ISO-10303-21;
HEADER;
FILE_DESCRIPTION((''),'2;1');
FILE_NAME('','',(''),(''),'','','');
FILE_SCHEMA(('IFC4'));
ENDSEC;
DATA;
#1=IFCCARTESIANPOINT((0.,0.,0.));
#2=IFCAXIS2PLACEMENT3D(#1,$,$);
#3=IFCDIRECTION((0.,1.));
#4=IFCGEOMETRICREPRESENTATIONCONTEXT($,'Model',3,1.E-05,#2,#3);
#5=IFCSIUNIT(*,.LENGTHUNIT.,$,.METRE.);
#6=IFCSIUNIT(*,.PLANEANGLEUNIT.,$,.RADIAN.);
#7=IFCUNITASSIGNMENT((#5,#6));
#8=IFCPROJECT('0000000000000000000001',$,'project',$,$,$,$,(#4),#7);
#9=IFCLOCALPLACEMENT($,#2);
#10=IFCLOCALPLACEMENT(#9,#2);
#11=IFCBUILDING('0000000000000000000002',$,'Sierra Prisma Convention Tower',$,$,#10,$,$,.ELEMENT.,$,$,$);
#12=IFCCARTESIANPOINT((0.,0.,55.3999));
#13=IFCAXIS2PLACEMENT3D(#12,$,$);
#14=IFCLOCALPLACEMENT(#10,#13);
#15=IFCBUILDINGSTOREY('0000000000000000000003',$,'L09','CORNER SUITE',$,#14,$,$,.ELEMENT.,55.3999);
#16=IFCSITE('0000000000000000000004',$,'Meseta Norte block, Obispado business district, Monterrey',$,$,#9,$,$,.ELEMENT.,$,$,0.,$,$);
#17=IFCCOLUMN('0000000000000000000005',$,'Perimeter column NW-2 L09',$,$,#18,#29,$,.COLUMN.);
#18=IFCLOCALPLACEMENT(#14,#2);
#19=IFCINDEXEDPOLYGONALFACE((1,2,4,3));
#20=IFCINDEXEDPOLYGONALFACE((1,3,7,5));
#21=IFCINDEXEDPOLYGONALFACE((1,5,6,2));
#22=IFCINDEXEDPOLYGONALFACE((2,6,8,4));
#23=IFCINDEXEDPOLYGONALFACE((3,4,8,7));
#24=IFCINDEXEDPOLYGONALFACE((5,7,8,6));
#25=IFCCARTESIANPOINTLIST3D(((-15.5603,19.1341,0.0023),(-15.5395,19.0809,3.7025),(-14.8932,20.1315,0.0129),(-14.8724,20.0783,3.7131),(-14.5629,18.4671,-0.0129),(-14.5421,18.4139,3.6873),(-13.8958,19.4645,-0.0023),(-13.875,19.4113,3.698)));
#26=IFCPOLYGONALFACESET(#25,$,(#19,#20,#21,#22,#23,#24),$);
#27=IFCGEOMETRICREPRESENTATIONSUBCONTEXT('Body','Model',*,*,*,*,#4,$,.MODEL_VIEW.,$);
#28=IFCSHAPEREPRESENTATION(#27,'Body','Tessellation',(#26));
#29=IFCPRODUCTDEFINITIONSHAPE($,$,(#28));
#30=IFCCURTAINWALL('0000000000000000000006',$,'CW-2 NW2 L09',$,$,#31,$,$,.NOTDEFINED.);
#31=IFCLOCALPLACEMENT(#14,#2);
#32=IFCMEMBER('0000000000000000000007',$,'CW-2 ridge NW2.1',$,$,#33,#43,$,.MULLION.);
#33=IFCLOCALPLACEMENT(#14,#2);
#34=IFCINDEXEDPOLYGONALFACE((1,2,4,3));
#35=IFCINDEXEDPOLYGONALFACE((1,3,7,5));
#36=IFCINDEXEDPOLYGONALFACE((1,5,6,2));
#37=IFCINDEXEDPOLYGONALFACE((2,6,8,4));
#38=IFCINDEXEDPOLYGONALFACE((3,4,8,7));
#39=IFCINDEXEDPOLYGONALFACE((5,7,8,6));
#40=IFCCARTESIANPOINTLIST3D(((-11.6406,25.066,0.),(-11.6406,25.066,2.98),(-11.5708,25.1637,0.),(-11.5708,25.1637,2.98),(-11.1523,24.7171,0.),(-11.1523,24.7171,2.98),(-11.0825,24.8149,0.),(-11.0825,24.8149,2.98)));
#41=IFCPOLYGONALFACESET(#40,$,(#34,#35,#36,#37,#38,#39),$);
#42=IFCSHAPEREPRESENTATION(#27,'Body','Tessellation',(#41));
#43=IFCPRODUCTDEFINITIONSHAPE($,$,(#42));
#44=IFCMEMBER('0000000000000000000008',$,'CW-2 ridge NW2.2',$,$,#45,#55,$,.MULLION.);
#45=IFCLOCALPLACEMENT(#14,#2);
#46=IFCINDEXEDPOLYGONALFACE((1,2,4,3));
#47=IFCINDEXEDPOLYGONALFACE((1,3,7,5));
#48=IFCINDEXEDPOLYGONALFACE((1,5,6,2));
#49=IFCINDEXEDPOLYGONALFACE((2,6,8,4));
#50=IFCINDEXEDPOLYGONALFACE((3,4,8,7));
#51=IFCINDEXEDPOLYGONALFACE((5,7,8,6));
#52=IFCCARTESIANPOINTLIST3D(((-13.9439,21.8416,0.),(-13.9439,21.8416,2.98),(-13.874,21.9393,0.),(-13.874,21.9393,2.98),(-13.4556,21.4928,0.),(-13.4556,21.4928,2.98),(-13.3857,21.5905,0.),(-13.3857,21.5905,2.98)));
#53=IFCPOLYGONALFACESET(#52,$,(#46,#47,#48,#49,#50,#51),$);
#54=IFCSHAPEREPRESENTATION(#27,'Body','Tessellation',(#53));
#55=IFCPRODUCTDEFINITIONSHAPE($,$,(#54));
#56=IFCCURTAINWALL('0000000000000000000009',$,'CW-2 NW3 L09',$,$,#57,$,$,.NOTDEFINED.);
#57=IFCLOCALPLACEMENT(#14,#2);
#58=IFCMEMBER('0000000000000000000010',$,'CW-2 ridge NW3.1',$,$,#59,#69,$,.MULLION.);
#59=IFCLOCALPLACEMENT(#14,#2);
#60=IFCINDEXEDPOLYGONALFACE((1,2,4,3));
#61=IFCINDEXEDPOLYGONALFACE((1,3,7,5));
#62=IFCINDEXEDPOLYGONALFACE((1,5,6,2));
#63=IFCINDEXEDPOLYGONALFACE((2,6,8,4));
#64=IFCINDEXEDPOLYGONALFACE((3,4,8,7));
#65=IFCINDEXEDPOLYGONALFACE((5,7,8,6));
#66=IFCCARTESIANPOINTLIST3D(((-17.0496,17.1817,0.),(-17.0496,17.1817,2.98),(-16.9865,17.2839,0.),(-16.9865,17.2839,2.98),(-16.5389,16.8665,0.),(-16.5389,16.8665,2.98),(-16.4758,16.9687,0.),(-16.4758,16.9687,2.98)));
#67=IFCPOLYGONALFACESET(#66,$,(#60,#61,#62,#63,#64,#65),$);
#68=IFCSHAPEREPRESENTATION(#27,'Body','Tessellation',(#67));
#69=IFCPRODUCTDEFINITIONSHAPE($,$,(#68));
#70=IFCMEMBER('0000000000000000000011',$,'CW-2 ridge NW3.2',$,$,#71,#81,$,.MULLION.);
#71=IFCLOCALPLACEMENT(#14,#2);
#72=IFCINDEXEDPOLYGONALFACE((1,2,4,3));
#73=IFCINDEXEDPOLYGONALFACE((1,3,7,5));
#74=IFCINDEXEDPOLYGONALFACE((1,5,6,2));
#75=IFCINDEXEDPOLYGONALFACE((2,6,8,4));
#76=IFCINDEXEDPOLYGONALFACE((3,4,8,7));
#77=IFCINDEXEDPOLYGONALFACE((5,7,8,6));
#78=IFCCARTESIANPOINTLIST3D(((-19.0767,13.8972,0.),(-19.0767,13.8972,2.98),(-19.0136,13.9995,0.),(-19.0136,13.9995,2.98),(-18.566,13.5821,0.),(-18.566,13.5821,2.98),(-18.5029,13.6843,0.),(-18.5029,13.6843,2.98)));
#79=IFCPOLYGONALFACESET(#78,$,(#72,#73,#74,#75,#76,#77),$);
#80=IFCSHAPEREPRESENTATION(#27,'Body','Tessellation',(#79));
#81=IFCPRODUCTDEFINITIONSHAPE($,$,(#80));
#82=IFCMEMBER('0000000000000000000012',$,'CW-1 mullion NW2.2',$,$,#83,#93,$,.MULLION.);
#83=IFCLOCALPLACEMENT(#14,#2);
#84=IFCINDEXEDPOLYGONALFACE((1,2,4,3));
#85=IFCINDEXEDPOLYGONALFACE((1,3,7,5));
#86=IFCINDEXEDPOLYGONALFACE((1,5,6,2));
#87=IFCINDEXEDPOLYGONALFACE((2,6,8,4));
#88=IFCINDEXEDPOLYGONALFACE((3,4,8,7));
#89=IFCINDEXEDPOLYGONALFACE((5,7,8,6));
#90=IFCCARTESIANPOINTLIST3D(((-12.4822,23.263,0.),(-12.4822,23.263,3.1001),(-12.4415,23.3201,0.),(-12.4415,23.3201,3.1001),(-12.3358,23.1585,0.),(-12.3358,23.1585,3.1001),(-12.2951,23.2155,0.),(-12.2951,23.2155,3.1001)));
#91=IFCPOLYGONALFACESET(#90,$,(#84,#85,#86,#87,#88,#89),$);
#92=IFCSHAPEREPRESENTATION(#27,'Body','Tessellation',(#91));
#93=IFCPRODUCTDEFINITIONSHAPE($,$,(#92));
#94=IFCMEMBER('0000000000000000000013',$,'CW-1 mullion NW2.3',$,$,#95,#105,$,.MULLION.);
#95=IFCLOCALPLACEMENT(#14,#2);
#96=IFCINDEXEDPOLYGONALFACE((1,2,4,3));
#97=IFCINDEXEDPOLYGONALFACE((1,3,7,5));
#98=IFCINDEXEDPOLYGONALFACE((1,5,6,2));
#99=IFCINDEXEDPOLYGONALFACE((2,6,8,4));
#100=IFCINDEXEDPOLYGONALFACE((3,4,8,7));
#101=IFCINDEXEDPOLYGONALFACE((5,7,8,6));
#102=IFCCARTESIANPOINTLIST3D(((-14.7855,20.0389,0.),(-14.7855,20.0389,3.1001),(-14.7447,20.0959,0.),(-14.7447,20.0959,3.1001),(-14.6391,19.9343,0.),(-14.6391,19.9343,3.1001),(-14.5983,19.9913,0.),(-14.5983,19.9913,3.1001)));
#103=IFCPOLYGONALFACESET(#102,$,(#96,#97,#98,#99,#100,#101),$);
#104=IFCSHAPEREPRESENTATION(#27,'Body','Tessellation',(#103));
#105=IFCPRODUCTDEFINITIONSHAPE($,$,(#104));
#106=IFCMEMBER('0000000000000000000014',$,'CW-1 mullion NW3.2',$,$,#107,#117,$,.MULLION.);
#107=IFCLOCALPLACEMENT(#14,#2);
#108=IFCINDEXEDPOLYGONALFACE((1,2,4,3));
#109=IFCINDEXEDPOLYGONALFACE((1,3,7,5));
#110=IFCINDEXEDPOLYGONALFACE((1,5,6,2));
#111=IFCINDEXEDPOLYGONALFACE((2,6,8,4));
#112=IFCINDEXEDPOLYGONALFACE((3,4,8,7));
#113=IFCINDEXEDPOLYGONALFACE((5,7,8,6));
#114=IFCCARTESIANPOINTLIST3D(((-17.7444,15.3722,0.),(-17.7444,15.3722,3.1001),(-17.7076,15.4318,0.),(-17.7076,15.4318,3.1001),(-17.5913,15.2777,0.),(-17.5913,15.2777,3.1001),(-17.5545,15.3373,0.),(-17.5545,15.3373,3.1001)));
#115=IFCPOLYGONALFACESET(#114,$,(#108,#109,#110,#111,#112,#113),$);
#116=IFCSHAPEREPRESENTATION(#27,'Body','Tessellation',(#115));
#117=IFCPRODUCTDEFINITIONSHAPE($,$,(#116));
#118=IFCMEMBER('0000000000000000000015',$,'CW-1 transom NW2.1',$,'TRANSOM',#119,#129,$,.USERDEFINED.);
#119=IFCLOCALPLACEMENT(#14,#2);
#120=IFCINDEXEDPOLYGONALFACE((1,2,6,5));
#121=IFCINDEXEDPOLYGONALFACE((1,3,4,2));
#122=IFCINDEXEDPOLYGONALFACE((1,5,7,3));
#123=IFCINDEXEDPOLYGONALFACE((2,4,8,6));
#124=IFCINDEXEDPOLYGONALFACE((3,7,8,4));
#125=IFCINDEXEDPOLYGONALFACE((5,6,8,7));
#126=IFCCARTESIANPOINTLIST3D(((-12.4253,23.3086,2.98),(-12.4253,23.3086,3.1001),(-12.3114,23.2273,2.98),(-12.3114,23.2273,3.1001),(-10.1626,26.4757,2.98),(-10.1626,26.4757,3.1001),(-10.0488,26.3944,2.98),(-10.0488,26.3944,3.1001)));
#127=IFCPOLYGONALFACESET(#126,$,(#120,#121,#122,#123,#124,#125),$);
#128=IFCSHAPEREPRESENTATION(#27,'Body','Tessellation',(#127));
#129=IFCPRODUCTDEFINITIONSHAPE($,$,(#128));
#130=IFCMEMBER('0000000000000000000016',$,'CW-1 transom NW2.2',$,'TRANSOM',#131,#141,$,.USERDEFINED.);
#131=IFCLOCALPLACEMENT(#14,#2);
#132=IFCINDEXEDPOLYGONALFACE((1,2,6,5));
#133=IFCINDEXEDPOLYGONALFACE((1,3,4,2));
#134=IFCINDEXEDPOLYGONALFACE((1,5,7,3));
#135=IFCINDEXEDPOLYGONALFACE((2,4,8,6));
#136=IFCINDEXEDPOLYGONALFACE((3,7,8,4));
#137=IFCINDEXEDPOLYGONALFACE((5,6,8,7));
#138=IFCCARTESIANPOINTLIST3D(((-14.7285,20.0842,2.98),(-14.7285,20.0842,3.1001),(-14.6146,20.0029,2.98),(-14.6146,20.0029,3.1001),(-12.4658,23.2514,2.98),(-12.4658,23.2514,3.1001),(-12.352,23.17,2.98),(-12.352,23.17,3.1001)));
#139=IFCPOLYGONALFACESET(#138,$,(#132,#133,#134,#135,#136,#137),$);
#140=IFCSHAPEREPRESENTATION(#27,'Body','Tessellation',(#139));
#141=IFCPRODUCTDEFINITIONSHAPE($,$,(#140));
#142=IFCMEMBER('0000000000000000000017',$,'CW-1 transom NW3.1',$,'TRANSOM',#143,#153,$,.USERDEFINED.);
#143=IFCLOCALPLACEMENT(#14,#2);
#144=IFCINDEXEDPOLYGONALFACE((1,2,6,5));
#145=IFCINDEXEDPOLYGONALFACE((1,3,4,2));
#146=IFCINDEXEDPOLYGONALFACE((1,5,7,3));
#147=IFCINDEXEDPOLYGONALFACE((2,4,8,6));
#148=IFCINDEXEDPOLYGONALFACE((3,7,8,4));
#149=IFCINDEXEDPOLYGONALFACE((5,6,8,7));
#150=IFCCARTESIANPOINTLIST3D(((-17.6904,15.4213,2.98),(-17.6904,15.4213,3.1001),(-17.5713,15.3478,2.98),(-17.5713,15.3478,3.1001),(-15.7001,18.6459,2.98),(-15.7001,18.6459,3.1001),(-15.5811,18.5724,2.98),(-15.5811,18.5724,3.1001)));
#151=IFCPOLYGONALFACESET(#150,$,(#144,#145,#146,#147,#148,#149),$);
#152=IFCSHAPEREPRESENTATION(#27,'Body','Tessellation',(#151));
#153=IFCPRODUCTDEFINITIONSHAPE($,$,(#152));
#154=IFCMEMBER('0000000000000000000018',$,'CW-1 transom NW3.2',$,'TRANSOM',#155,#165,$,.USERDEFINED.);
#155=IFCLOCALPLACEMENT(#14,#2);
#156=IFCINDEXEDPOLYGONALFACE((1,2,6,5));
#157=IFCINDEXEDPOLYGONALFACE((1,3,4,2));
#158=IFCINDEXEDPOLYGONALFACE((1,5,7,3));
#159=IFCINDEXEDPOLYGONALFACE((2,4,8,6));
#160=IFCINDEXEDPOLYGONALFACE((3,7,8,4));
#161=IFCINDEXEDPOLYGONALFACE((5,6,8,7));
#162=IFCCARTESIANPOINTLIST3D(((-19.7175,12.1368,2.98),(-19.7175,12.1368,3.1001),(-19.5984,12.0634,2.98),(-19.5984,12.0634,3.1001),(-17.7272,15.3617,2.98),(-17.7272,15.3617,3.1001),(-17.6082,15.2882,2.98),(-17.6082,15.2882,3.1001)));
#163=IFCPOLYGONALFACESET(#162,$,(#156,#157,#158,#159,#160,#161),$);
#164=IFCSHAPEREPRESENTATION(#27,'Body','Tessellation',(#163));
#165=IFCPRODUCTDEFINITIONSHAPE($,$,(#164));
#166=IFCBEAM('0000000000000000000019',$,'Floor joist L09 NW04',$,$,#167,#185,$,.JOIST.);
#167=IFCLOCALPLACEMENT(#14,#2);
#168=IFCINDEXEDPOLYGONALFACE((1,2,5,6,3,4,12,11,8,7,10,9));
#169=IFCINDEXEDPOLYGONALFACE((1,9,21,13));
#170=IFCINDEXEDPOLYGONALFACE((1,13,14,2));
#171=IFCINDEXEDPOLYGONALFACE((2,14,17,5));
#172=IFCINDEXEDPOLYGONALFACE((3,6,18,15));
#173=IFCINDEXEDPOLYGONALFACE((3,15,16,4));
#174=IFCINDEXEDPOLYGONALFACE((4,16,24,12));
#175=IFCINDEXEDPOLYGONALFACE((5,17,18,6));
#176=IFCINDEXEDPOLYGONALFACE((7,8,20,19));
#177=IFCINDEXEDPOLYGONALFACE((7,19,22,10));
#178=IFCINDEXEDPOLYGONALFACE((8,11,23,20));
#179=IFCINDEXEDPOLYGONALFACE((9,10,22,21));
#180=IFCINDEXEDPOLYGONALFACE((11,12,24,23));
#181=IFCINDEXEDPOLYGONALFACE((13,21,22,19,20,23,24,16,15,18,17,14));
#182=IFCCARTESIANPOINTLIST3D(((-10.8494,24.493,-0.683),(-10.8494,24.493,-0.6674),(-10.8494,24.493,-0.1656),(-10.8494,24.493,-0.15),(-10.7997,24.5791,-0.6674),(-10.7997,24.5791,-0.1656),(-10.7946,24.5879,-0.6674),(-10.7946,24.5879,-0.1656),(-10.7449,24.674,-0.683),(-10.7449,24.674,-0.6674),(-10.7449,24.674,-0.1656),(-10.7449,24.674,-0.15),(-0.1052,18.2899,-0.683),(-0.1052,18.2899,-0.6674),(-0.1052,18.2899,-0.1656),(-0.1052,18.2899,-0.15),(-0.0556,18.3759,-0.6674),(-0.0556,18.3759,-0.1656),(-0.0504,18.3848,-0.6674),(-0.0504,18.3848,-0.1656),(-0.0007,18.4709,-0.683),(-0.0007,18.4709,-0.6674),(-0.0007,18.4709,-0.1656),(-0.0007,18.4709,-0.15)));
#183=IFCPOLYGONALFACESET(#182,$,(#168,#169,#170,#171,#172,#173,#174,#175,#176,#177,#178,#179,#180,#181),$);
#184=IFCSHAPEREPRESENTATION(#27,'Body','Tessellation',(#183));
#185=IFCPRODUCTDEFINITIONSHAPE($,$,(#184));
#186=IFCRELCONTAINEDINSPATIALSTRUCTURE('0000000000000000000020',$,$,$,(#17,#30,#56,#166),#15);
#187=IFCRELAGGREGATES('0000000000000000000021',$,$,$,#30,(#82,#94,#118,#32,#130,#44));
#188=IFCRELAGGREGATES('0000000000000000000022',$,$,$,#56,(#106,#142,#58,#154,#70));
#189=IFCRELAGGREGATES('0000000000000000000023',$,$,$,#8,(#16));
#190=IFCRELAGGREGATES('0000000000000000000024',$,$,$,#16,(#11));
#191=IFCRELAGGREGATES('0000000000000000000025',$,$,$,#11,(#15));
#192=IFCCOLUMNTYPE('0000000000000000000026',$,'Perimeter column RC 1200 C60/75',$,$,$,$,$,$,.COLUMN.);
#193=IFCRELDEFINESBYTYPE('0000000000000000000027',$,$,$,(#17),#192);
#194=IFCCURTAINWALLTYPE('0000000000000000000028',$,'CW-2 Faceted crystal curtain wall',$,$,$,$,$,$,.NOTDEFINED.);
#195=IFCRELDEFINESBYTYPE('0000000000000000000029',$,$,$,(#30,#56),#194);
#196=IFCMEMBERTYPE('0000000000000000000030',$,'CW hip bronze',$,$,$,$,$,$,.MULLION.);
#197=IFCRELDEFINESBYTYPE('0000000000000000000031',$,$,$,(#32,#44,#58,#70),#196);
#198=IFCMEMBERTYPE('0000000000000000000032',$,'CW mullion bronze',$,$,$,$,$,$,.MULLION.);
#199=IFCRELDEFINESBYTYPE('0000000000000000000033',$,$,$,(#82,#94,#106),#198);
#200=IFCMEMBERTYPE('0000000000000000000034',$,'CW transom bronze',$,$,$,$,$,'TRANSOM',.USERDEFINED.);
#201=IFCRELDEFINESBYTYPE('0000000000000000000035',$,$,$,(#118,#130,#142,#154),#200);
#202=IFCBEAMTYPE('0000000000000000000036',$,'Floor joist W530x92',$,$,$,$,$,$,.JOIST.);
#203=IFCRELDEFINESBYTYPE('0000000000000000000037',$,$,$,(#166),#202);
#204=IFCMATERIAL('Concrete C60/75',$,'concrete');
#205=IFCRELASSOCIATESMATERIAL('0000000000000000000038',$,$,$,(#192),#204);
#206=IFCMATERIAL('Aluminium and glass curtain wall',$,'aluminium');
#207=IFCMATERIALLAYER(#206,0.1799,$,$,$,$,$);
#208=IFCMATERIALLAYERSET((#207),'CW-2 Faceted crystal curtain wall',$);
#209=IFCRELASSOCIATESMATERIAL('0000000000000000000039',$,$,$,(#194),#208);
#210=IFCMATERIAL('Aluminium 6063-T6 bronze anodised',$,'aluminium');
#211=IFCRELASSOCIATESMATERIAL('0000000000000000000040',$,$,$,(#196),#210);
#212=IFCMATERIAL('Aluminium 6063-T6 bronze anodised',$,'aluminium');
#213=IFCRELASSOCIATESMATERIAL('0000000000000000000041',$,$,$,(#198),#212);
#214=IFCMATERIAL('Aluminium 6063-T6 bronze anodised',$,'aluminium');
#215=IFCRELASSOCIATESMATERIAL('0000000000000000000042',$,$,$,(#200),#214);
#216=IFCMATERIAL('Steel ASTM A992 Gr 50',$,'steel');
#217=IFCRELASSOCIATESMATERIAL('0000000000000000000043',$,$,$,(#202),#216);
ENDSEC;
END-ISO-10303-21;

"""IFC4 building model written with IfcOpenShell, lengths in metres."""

from ifc_helpers import new_model, si_unit, direction, frame, origin, origin_2d, place, context, subcontext, project, spatial, rectangle, i_section, extrude, material, layer, layer_set, material_profile, profile_set, type_object, element, aggregate, save


model = new_model("IFC4")

# Units and contexts
model_context = context("Model", 3, precision=1e-05, world=origin(), true_north=direction((0.0, 1.0)))
body_context = subcontext(model_context, "Body", "Model", "MODEL_VIEW")
ifc_project = project(units=[si_unit("LENGTHUNIT", "METRE"), si_unit("PLANEANGLEUNIT", "RADIAN")], contexts=[model_context])

# Site, building, storey
site_placement = place(None, origin())
site = spatial("IfcSite", under=ifc_project, at=site_placement, Name="Meseta Norte block, Obispado business district, Monterrey", CompositionType="ELEMENT", RefElevation=0.0)
building_placement = place(site_placement, origin())
building = spatial("IfcBuilding", under=site, at=building_placement, Name="Sierra Prisma Convention Tower", CompositionType="ELEMENT")
storey_placement = place(building_placement, frame((0.0, 0.0, 55.3999)))
storey = spatial("IfcBuildingStorey", under=building, at=storey_placement, Name="L09", Description="CORNER SUITE", CompositionType="ELEMENT", Elevation=55.3999)

# Column
ifc_material_1 = material(Name="Concrete C60/75", Category="concrete")
ifc_material_profile_1 = material_profile(ifc_material_1, rectangle(XDim=1.2, YDim=1.2, at=origin_2d()), Name="Perimeter column RC 1200 C60/75")
ifc_profile_set_1 = profile_set([ifc_material_profile_1], Name="Concrete C60/75")
column_type = type_object("IfcColumnType", Name="Perimeter column RC 1200 C60/75", PredefinedType="COLUMN", material=ifc_profile_set_1)
column_placement = place(storey_placement, frame((-14.728, 19.2993, 0.0), z_axis=(0.005608, -0.014382, 0.999881), x_axis=(0.555949, 0.831169, 0.008837)))
element("IfcColumn", 1, at=column_placement, inside=storey, type_object=column_type, Name="Perimeter column NW-2 L09", PredefinedType="COLUMN", context=body_context, shape_type="SweptSolid", body=[
    extrude(rectangle(XDim=1.2, YDim=1.2, at=origin_2d()), origin(), (0.0, 0.0, 1.0), 3.7007),
])

# Curtain walls, members
ifc_material_2 = material(Name="Aluminium and glass curtain wall", Category="aluminium")
ifc_layer_1 = layer(ifc_material_2, 0.1799)
ifc_layer_set_1 = layer_set([ifc_layer_1], Name="CW-2 Faceted crystal curtain wall")
curtain_wall_type = type_object("IfcCurtainWallType", Name="CW-2 Faceted crystal curtain wall", PredefinedType="NOTDEFINED", material=ifc_layer_set_1)
curtain_wall_1_placement = place(storey_placement, origin())
curtain_wall_1 = element("IfcCurtainWall", 2, at=curtain_wall_1_placement, inside=storey, type_object=curtain_wall_type, Name="CW-2 NW2 L09", PredefinedType="NOTDEFINED")
ifc_material_3 = material(Name="Aluminium 6063-T6 bronze anodised", Category="aluminium")
ifc_material_profile_2 = material_profile(ifc_material_3, rectangle(XDim=0.1201, YDim=0.6001, at=origin_2d()), Name="ALU RIDGE BLADE 120x600")
ifc_profile_set_2 = profile_set([ifc_material_profile_2], Name="Aluminium 6063-T6 bronze anodised")
member_type_1 = type_object("IfcMemberType", Name="CW hip bronze", PredefinedType="MULLION", material=ifc_profile_set_2)
member_1_placement = place(storey_placement, frame((-11.3616, 24.9404, 0.0), z_axis=(0.0, 0.0, 1.0), x_axis=(-0.581283, -0.813701, 0.0)))
member_1 = element("IfcMember", 3, at=member_1_placement, type_object=member_type_1, Name="CW-2 ridge NW2.1", PredefinedType="MULLION", context=body_context, shape_type="SweptSolid", body=[
    extrude(rectangle(XDim=0.1201, YDim=0.6001, at=origin_2d()), origin(), (0.0, 0.0, 1.0), 2.98),
])
member_2_placement = place(storey_placement, frame((-13.6648, 21.7161, 0.0), z_axis=(0.0, 0.0, 1.0), x_axis=(-0.581283, -0.813701, 0.0)))
member_2 = element("IfcMember", 4, at=member_2_placement, type_object=member_type_1, Name="CW-2 ridge NW2.2", PredefinedType="MULLION", context=body_context, shape_type="SweptSolid", body=[
    extrude(rectangle(XDim=0.1201, YDim=0.6001, at=origin_2d()), origin(), (0.0, 0.0, 1.0), 2.98),
])
curtain_wall_2_placement = place(storey_placement, origin())
curtain_wall_2 = element("IfcCurtainWall", 5, at=curtain_wall_2_placement, inside=storey, type_object=curtain_wall_type, Name="CW-2 NW3 L09", PredefinedType="NOTDEFINED")
member_3_placement = place(storey_placement, frame((-16.7627, 17.0752, 0.0), z_axis=(0.0, 0.0, 1.0), x_axis=(-0.525194, -0.850982, 0.0)))
member_3 = element("IfcMember", 6, at=member_3_placement, type_object=member_type_1, Name="CW-2 ridge NW3.1", PredefinedType="MULLION", context=body_context, shape_type="SweptSolid", body=[
    extrude(rectangle(XDim=0.1201, YDim=0.6001, at=origin_2d()), origin(), (0.0, 0.0, 1.0), 2.98),
])
member_4_placement = place(storey_placement, frame((-18.7898, 13.7908, 0.0), z_axis=(0.0, 0.0, 1.0), x_axis=(-0.525194, -0.850982, 0.0)))
member_4 = element("IfcMember", 7, at=member_4_placement, type_object=member_type_1, Name="CW-2 ridge NW3.2", PredefinedType="MULLION", context=body_context, shape_type="SweptSolid", body=[
    extrude(rectangle(XDim=0.1201, YDim=0.6001, at=origin_2d()), origin(), (0.0, 0.0, 1.0), 2.98),
])

# Members
ifc_material_4 = material(Name="Aluminium 6063-T6 bronze anodised", Category="aluminium")
ifc_material_profile_3 = material_profile(ifc_material_4, rectangle(XDim=0.1799, YDim=0.0701, at=origin_2d()), Name="ALU MULLION 70x180")
ifc_profile_set_3 = profile_set([ifc_material_profile_3], Name="Aluminium 6063-T6 bronze anodised")
member_type_2 = type_object("IfcMemberType", Name="CW mullion bronze", PredefinedType="MULLION", material=ifc_profile_set_3)
member_5_placement = place(storey_placement, frame((-12.3887, 23.2393, 0.0), z_axis=(0.0, 0.0, 1.0), x_axis=(0.813701, -0.581283, 0.0)))
member_5 = element("IfcMember", 8, at=member_5_placement, type_object=member_type_2, Name="CW-1 mullion NW2.2", PredefinedType="MULLION", context=body_context, shape_type="SweptSolid", body=[
    extrude(rectangle(XDim=0.1799, YDim=0.0701, at=origin_2d()), origin(), (0.0, 0.0, 1.0), 3.1001),
])
member_6_placement = place(storey_placement, frame((-14.6919, 20.0151, 0.0), z_axis=(0.0, 0.0, 1.0), x_axis=(0.813701, -0.581283, 0.0)))
member_6 = element("IfcMember", 9, at=member_6_placement, type_object=member_type_2, Name="CW-1 mullion NW2.3", PredefinedType="MULLION", context=body_context, shape_type="SweptSolid", body=[
    extrude(rectangle(XDim=0.1799, YDim=0.0701, at=origin_2d()), origin(), (0.0, 0.0, 1.0), 3.1001),
])
member_7_placement = place(storey_placement, frame((-17.6494, 15.3547, 0.0), z_axis=(0.0, 0.0, 1.0), x_axis=(0.850982, -0.525194, 0.0)))
member_7 = element("IfcMember", 10, at=member_7_placement, type_object=member_type_2, Name="CW-1 mullion NW3.2", PredefinedType="MULLION", context=body_context, shape_type="SweptSolid", body=[
    extrude(rectangle(XDim=0.1799, YDim=0.0701, at=origin_2d()), origin(), (0.0, 0.0, 1.0), 3.1001),
])
ifc_material_5 = material(Name="Aluminium 6063-T6 bronze anodised", Category="aluminium")
ifc_material_profile_4 = material_profile(ifc_material_5, rectangle(XDim=0.1399, YDim=0.1201, at=origin_2d()), Name="ALU TRANSOM 120x140")
ifc_profile_set_4 = profile_set([ifc_material_profile_4], Name="Aluminium 6063-T6 bronze anodised")
member_type_3 = type_object("IfcMemberType", Name="CW transom bronze", ElementType="TRANSOM", PredefinedType="USERDEFINED", material=ifc_profile_set_4)
member_8_placement = place(storey_placement, frame((-10.1057, 26.4351, 3.04), z_axis=(-0.581303, -0.813687, 0.0), x_axis=(0.813687, -0.581303, 0.0)))
member_8 = element("IfcMember", 11, at=member_8_placement, type_object=member_type_3, Name="CW-1 transom NW2.1", ObjectType="TRANSOM", PredefinedType="USERDEFINED", context=body_context, shape_type="SweptSolid", body=[
    extrude(rectangle(XDim=0.1399, YDim=0.1201, at=origin_2d()), origin(), (0.0, 0.0, 1.0), 3.8923),
])
member_9_placement = place(storey_placement, frame((-12.4089, 23.2107, 3.04), z_axis=(-0.581303, -0.813687, 0.0), x_axis=(0.813687, -0.581303, 0.0)))
member_9 = element("IfcMember", 12, at=member_9_placement, type_object=member_type_3, Name="CW-1 transom NW2.2", ObjectType="TRANSOM", PredefinedType="USERDEFINED", context=body_context, shape_type="SweptSolid", body=[
    extrude(rectangle(XDim=0.1399, YDim=0.1201, at=origin_2d()), origin(), (0.0, 0.0, 1.0), 3.8923),
])
member_10_placement = place(storey_placement, frame((-15.6406, 18.6091, 3.04), z_axis=(-0.525219, -0.850967, 0.0), x_axis=(0.850967, -0.525219, 0.0)))
member_10 = element("IfcMember", 13, at=member_10_placement, type_object=member_type_3, Name="CW-1 transom NW3.1", ObjectType="TRANSOM", PredefinedType="USERDEFINED", context=body_context, shape_type="SweptSolid", body=[
    extrude(rectangle(XDim=0.1399, YDim=0.1201, at=origin_2d()), origin(), (0.0, 0.0, 1.0), 3.7893),
])
member_11_placement = place(storey_placement, frame((-17.6677, 15.325, 3.04), z_axis=(-0.52519, -0.850985, 0.0), x_axis=(0.850985, -0.52519, 0.0)))
member_11 = element("IfcMember", 14, at=member_11_placement, type_object=member_type_3, Name="CW-1 transom NW3.2", ObjectType="TRANSOM", PredefinedType="USERDEFINED", context=body_context, shape_type="SweptSolid", body=[
    extrude(rectangle(XDim=0.1399, YDim=0.1201, at=origin_2d()), origin(), (0.0, 0.0, 1.0), 3.7896),
])

# Beam
ifc_material_6 = material(Name="Steel ASTM A992 Gr 50", Category="steel")
ifc_material_profile_5 = material_profile(ifc_material_6, i_section(OverallWidth=0.209, OverallDepth=0.533, WebThickness=0.0103, FlangeThickness=0.0156, at=origin_2d()), Name="W530x92")
ifc_profile_set_5 = profile_set([ifc_material_profile_5], Name="Steel ASTM A992 Gr 50")
beam_type_1 = type_object("IfcBeamType", Name="Floor joist W530x92", PredefinedType="JOIST", material=ifc_profile_set_5)
beam_1_placement = place(storey_placement, frame((-10.7971, 24.5835, -0.4165), z_axis=(0.866026, -0.5, 0.0), x_axis=(0.5, 0.866026, 0.0)))
element("IfcBeam", 15, at=beam_1_placement, inside=storey, type_object=beam_type_1, Name="Floor joist L09 NW04", PredefinedType="JOIST", context=body_context, shape_type="SweptSolid", body=[
    extrude(i_section(OverallWidth=0.209, OverallDepth=0.533, WebThickness=0.0103, FlangeThickness=0.0156, at=origin_2d()), origin(), (0.0, 0.0, 1.0), 12.4062),
])

aggregate(curtain_wall_1, [member_5, member_6, member_8, member_1, member_9, member_2])
aggregate(curtain_wall_2, [member_7, member_10, member_3, member_11, member_4])

save(model, "model.ifc")
